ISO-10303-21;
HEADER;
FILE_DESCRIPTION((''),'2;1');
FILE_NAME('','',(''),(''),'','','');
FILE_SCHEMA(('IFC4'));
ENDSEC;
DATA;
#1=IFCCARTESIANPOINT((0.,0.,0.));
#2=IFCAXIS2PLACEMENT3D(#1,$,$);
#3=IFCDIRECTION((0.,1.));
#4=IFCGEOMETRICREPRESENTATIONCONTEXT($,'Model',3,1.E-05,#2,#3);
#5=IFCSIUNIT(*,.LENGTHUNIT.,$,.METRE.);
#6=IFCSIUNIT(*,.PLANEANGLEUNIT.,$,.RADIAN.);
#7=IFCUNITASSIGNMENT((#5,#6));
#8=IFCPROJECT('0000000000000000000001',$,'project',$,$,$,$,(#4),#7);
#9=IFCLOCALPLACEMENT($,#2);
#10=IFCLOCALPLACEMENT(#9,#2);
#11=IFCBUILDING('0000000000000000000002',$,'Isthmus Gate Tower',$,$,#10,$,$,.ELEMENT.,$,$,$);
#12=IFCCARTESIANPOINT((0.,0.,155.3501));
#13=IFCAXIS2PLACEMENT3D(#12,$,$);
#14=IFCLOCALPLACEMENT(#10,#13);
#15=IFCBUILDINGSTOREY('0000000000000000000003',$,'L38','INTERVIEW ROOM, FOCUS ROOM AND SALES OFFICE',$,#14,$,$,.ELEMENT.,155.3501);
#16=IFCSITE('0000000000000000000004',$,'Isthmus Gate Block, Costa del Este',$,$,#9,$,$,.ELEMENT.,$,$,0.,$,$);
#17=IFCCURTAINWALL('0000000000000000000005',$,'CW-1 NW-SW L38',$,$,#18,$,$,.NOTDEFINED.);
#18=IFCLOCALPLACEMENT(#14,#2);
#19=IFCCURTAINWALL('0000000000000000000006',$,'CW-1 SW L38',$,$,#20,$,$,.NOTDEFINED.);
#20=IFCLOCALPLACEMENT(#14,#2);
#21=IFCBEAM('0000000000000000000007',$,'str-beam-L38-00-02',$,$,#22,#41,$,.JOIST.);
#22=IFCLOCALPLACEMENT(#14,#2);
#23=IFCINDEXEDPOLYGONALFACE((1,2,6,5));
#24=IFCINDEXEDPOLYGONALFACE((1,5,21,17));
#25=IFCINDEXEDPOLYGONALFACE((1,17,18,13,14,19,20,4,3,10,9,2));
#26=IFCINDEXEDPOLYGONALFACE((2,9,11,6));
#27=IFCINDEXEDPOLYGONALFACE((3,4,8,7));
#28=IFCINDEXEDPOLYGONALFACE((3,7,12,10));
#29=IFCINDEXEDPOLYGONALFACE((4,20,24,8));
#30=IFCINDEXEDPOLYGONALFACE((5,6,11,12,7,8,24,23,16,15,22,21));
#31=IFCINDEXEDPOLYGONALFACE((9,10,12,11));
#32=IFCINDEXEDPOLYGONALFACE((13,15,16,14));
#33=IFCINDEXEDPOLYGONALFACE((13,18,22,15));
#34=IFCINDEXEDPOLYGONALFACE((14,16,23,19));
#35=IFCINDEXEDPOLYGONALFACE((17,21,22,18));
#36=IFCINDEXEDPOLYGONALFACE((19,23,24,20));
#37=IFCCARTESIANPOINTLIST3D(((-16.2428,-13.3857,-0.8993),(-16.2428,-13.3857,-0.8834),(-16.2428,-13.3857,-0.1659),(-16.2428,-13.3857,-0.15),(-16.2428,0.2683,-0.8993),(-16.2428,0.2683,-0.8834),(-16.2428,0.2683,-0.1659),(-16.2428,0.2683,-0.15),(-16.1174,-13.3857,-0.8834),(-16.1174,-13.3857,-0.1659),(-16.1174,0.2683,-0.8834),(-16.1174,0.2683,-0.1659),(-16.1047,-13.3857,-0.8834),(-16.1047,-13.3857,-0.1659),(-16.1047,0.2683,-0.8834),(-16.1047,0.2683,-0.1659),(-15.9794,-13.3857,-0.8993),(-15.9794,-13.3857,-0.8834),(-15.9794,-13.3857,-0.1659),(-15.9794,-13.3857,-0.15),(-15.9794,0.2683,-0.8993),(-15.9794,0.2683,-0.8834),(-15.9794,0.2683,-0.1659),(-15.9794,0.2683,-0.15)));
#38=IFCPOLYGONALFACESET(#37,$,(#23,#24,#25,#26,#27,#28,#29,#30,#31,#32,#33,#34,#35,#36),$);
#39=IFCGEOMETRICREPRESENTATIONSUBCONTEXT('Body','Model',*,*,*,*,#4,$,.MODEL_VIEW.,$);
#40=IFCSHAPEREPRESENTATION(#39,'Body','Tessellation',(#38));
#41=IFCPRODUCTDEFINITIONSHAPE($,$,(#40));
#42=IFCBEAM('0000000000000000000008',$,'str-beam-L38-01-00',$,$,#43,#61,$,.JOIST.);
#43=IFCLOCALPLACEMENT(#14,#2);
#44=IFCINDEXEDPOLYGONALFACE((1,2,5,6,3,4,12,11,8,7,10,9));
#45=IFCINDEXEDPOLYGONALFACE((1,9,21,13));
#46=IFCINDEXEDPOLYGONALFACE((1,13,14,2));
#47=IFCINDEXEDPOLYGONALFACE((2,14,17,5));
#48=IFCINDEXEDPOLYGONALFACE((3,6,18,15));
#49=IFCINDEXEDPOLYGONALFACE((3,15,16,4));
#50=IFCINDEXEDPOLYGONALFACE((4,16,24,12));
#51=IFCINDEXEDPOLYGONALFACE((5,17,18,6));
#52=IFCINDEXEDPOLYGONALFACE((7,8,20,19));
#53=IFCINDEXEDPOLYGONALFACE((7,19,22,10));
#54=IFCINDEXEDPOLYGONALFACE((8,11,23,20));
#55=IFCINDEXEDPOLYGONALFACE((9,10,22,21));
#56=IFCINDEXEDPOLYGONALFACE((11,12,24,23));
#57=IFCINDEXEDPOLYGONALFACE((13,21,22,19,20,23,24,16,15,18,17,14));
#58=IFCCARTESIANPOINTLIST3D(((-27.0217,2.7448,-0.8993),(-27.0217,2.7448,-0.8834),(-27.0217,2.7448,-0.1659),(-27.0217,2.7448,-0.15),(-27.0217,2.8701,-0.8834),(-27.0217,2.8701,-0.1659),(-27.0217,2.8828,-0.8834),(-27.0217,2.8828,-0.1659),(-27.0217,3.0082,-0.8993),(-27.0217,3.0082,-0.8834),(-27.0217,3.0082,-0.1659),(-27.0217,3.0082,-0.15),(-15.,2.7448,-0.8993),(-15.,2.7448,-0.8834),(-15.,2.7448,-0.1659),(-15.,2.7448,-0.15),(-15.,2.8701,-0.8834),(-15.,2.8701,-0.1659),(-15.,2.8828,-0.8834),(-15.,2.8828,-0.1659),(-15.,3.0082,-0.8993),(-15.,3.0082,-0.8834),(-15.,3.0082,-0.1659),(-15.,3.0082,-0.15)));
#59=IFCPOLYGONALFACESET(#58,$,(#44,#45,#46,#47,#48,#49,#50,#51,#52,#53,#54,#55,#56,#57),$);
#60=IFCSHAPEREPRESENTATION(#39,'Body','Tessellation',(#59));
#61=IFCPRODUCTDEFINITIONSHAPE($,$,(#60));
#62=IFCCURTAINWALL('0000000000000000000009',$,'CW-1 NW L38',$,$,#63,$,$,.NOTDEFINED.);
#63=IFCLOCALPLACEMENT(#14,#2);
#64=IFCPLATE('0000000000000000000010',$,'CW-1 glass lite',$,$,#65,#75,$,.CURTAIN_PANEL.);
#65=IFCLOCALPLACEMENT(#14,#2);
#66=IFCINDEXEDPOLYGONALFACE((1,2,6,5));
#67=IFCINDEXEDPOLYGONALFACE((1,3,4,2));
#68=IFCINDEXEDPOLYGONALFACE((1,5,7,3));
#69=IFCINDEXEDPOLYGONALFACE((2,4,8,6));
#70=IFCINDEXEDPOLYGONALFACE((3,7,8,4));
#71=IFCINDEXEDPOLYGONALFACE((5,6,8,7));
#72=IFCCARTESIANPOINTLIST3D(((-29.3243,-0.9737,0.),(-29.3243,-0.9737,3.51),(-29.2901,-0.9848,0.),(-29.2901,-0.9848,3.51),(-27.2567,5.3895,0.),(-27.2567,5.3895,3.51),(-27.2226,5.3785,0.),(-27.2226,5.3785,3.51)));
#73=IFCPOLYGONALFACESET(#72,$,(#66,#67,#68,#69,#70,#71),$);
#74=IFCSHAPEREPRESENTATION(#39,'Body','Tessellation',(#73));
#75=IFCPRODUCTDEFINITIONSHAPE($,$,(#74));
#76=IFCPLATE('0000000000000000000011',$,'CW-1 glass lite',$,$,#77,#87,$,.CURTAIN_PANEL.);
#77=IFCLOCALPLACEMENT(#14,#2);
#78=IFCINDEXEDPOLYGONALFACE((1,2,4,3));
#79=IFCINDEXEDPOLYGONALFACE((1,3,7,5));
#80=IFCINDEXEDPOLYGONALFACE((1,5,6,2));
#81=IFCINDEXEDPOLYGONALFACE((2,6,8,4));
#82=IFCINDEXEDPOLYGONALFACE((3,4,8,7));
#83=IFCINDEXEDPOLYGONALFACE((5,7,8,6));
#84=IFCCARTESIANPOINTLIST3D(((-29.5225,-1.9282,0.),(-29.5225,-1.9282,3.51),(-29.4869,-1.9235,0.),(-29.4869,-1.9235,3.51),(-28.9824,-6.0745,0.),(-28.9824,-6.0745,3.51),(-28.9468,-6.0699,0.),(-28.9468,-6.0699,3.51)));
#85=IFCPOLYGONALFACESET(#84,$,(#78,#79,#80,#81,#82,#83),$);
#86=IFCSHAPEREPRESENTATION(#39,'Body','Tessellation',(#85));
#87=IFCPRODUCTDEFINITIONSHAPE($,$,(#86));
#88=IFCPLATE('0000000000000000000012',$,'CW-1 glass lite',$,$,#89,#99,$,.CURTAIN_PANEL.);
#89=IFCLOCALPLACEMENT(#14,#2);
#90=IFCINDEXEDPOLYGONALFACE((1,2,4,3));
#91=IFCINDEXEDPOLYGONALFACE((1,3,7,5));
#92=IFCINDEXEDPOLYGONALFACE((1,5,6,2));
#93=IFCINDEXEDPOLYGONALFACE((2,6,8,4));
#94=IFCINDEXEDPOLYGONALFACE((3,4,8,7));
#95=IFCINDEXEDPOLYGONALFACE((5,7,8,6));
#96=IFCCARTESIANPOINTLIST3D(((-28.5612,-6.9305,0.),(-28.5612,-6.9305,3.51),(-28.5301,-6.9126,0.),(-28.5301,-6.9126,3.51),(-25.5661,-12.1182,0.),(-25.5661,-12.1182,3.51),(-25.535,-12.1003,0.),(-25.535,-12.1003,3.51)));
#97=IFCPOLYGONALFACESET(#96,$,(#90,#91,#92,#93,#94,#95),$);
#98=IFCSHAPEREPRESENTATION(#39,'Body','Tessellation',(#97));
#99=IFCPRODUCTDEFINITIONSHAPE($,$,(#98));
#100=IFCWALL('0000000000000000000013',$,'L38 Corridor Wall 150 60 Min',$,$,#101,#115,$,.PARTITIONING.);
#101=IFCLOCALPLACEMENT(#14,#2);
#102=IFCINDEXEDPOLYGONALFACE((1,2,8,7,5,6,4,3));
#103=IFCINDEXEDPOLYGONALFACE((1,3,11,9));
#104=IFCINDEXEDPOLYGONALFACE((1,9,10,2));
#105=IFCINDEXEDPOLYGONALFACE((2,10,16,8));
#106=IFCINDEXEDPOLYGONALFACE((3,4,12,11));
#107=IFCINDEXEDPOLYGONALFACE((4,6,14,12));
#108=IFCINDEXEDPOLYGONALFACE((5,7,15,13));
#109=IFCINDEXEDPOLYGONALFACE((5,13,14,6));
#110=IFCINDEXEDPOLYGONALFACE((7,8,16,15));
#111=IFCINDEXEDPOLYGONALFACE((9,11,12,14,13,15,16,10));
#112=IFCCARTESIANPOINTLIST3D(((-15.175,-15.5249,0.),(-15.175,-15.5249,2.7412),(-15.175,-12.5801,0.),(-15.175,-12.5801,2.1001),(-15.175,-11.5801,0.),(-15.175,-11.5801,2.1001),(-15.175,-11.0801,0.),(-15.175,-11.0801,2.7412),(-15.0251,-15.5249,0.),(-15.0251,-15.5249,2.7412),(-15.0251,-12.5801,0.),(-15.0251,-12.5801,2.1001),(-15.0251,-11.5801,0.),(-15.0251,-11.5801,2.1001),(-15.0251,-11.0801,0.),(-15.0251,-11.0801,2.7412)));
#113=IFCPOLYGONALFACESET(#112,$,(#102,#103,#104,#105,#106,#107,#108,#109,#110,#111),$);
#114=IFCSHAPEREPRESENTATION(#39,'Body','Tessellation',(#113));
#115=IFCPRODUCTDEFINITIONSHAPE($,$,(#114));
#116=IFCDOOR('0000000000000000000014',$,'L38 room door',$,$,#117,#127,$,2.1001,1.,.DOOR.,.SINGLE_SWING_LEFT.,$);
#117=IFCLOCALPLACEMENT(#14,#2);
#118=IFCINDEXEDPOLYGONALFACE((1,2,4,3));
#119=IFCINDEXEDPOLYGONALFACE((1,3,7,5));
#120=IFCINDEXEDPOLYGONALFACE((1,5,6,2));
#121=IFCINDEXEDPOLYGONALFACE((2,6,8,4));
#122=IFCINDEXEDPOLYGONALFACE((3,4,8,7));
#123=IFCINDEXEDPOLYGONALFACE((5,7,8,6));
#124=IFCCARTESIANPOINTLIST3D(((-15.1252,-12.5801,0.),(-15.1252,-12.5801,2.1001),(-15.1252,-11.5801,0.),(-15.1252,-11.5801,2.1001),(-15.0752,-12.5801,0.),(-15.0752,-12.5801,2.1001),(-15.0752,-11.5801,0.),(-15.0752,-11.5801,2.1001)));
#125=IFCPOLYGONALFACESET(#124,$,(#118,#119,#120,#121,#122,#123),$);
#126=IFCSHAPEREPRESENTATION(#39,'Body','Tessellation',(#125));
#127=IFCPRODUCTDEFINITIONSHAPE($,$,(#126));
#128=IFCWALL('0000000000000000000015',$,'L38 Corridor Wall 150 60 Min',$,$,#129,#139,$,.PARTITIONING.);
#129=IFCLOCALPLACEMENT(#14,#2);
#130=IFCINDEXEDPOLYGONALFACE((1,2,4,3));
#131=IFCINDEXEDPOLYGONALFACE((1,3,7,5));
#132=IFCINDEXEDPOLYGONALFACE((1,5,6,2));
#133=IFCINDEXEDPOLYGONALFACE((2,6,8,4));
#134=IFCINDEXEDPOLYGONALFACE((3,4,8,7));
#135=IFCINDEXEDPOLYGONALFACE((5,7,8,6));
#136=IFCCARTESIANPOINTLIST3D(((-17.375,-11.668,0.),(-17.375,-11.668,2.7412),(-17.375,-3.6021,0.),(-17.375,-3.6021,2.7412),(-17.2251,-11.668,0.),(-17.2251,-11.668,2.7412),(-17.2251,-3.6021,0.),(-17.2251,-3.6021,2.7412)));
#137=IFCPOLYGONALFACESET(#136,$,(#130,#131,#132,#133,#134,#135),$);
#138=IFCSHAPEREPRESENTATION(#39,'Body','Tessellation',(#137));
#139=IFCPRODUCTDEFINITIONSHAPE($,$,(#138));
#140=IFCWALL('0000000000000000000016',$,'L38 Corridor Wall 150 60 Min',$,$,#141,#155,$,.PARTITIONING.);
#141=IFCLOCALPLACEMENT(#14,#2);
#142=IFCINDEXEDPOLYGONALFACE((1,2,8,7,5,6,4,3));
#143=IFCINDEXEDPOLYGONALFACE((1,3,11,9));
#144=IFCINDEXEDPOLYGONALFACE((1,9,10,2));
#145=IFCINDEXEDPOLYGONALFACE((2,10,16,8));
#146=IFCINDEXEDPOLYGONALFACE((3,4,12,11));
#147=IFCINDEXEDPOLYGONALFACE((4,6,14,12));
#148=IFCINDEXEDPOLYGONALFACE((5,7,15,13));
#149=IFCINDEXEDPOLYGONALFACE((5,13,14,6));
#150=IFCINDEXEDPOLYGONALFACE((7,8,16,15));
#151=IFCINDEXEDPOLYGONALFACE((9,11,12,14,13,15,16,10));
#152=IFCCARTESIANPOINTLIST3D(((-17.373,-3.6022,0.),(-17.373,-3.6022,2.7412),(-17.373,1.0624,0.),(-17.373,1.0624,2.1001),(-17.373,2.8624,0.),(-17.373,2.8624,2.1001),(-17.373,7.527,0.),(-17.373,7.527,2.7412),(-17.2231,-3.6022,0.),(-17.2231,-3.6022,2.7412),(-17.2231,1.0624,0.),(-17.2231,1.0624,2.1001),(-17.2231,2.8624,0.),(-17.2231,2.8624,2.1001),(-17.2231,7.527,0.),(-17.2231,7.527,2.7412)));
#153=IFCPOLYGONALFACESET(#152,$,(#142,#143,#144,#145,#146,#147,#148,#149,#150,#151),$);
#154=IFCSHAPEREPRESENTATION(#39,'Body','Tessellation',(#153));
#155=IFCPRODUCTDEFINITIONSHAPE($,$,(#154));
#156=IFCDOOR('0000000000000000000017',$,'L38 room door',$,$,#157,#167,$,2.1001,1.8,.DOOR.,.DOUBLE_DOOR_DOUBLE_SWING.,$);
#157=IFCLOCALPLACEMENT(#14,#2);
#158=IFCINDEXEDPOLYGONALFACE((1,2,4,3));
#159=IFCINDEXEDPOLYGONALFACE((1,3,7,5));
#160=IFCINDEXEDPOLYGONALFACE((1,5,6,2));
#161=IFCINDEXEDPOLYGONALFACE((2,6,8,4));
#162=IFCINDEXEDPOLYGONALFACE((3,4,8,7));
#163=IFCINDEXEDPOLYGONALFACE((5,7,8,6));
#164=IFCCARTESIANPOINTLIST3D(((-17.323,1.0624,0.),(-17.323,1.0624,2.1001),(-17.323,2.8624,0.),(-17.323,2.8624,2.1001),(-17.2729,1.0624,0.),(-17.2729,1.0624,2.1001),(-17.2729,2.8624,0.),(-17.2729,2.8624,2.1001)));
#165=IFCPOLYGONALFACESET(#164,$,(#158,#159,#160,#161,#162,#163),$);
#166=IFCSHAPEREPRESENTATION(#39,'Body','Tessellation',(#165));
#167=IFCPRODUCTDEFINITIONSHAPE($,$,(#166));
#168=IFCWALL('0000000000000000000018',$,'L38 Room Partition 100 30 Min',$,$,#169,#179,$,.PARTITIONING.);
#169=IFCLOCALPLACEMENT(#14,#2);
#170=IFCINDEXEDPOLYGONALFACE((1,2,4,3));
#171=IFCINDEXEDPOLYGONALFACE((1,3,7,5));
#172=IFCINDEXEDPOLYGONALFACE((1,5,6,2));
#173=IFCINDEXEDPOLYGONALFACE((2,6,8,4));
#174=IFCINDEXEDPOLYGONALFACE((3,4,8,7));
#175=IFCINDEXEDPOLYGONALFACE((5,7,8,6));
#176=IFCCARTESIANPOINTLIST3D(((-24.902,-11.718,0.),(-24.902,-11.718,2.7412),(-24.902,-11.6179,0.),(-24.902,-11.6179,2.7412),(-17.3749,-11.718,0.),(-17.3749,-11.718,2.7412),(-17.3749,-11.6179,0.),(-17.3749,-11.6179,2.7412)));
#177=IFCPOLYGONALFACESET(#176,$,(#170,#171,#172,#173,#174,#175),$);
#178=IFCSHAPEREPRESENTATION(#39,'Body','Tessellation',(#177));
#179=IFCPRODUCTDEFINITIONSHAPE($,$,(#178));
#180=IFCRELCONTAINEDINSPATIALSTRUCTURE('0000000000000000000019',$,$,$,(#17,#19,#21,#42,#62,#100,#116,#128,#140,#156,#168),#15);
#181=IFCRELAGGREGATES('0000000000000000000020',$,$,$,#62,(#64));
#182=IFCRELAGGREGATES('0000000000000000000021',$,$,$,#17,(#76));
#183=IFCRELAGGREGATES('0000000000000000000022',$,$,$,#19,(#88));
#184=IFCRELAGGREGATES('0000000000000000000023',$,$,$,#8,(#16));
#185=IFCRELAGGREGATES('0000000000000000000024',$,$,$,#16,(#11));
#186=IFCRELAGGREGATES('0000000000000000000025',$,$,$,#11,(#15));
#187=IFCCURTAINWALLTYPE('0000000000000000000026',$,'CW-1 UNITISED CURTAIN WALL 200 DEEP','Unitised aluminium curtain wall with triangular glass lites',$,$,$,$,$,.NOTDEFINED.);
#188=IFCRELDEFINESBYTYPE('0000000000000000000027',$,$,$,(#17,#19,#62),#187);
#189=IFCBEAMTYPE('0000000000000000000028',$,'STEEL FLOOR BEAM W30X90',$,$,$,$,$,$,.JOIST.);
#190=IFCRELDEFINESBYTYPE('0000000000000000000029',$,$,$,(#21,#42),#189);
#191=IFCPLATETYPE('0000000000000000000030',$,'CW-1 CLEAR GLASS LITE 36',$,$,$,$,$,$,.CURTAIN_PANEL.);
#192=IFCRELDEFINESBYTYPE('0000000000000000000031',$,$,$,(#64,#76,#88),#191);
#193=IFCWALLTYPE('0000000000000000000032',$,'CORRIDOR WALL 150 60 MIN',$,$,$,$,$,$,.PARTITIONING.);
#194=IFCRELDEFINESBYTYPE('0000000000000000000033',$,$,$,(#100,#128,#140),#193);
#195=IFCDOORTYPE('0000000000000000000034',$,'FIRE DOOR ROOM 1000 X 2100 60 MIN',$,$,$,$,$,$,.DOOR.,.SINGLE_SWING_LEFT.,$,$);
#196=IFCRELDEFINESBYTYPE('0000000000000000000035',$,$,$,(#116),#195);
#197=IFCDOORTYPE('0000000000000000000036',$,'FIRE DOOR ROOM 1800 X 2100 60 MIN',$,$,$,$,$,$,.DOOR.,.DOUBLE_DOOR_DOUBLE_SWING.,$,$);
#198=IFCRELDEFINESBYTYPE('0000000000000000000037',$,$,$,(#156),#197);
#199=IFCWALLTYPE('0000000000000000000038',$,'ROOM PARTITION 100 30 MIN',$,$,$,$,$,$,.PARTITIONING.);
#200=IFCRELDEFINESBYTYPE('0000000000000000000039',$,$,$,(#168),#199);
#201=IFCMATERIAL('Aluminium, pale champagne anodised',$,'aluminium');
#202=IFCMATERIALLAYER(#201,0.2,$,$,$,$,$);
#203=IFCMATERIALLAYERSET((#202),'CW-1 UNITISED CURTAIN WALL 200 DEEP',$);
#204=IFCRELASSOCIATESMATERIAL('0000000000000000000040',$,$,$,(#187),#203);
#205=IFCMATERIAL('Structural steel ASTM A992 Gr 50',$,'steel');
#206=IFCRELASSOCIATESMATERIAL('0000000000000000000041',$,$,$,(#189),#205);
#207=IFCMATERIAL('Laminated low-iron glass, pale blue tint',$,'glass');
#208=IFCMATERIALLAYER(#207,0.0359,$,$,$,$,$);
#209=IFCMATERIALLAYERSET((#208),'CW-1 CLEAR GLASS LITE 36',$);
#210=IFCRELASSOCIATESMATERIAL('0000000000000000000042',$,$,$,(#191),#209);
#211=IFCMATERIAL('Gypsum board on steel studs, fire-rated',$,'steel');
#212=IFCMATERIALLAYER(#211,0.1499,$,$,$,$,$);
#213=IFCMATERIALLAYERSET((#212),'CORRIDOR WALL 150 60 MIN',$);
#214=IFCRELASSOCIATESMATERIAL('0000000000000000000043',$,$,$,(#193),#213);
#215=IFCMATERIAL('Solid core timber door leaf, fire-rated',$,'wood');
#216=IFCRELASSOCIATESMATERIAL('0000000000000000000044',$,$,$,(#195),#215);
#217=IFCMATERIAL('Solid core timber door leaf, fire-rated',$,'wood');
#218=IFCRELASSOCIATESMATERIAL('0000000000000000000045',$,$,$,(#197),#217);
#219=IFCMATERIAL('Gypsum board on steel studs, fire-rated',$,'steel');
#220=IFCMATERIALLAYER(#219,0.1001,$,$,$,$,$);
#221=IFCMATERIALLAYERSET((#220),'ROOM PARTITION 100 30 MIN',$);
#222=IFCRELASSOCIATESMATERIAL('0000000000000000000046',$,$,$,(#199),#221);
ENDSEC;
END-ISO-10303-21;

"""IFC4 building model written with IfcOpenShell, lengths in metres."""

from ifc_helpers import new_model, si_unit, direction, frame, frame_2d, origin, origin_2d, place, context, subcontext, project, spatial, rectangle, i_section, extrude, material, layer, layer_set, material_profile, profile_set, type_object, element, fill, aggregate, save


model = new_model("IFC4")

# Units and contexts
model_context = context("Model", 3, precision=1e-05, world=origin(), true_north=direction((0.0, 1.0)))
body_context = subcontext(model_context, "Body", "Model", "MODEL_VIEW")
ifc_project = project(units=[si_unit("LENGTHUNIT", "METRE"), si_unit("PLANEANGLEUNIT", "RADIAN")], contexts=[model_context])

# Site, building, storey
site_placement = place(None, origin())
site = spatial("IfcSite", under=ifc_project, at=site_placement, Name="Isthmus Gate Block, Costa del Este", CompositionType="ELEMENT", RefElevation=0.0)
building_placement = place(site_placement, origin())
building = spatial("IfcBuilding", under=site, at=building_placement, Name="Isthmus Gate Tower", CompositionType="ELEMENT")
storey_placement = place(building_placement, frame((0.0, 0.0, 155.3501)))
storey = spatial("IfcBuildingStorey", under=building, at=storey_placement, Name="L38", Description="INTERVIEW ROOM, FOCUS ROOM AND SALES OFFICE", CompositionType="ELEMENT", Elevation=155.3501)

# Curtain walls
ifc_material_1 = material(Name="Aluminium, pale champagne anodised", Category="aluminium")
ifc_layer_1 = layer(ifc_material_1, 0.2)
ifc_layer_set_1 = layer_set([ifc_layer_1], Name="CW-1 UNITISED CURTAIN WALL 200 DEEP")
curtain_wall_type = type_object("IfcCurtainWallType", Name="CW-1 UNITISED CURTAIN WALL 200 DEEP", Description="Unitised aluminium curtain wall with triangular glass lites", PredefinedType="NOTDEFINED", material=ifc_layer_set_1)
curtain_wall_1_placement = place(storey_placement, origin())
curtain_wall_1 = element("IfcCurtainWall", 1, at=curtain_wall_1_placement, inside=storey, type_object=curtain_wall_type, Name="CW-1 NW-SW L38", PredefinedType="NOTDEFINED")
curtain_wall_2_placement = place(storey_placement, origin())
curtain_wall_2 = element("IfcCurtainWall", 2, at=curtain_wall_2_placement, inside=storey, type_object=curtain_wall_type, Name="CW-1 SW L38", PredefinedType="NOTDEFINED")

# Beams
ifc_material_2 = material(Name="Structural steel ASTM A992 Gr 50", Category="steel")
ifc_material_profile_1 = material_profile(ifc_material_2, i_section(OverallWidth=0.2634, OverallDepth=0.7493, WebThickness=0.0127, FlangeThickness=0.0159, at=origin_2d()), Name="W30X90")
ifc_profile_set_1 = profile_set([ifc_material_profile_1], Name="Structural steel ASTM A992 Gr 50")
beam_type_1 = type_object("IfcBeamType", Name="STEEL FLOOR BEAM W30X90", PredefinedType="JOIST", material=ifc_profile_set_1)
beam_1_placement = place(storey_placement, frame((-16.1111, -13.3857, -0.5247), z_axis=(0.0, 1.0, 0.0), x_axis=(-1.0, 0.0, 0.0)))
element("IfcBeam", 3, at=beam_1_placement, inside=storey, type_object=beam_type_1, Name="str-beam-L38-00-02", PredefinedType="JOIST", context=body_context, shape_type="SweptSolid", body=[
    extrude(i_section(OverallWidth=0.2634, OverallDepth=0.7493, WebThickness=0.0127, FlangeThickness=0.0159, at=origin_2d()), origin(), (0.0, 0.0, 1.0), 13.6541),
])
beam_2_placement = place(storey_placement, frame((-27.0217, 2.8765, -0.5247), z_axis=(1.0, 0.0, 0.0), x_axis=(0.0, 1.0, 0.0)))
element("IfcBeam", 4, at=beam_2_placement, inside=storey, type_object=beam_type_1, Name="str-beam-L38-01-00", PredefinedType="JOIST", context=body_context, shape_type="SweptSolid", body=[
    extrude(i_section(OverallWidth=0.2634, OverallDepth=0.7493, WebThickness=0.0127, FlangeThickness=0.0159, at=origin_2d()), origin(), (0.0, 0.0, 1.0), 12.0217),
])

# Curtain wall, plate
curtain_wall_3_placement = place(storey_placement, origin())
curtain_wall_3 = element("IfcCurtainWall", 5, at=curtain_wall_3_placement, inside=storey, type_object=curtain_wall_type, Name="CW-1 NW L38", PredefinedType="NOTDEFINED")
ifc_material_3 = material(Name="Laminated low-iron glass, pale blue tint", Category="glass")
ifc_layer_2 = layer(ifc_material_3, 0.0359)
ifc_layer_set_2 = layer_set([ifc_layer_2], Name="CW-1 CLEAR GLASS LITE 36")
plate_type = type_object("IfcPlateType", Name="CW-1 CLEAR GLASS LITE 36", PredefinedType="CURTAIN_PANEL", material=ifc_layer_set_2)
plate_1_placement = place(storey_placement, frame((-28.2734, 2.2024, 0.0), z_axis=(0.0, 0.0, 1.0), x_axis=(-0.309017, -0.951057, 0.0)))
plate_1 = element("IfcPlate", 6, at=plate_1_placement, type_object=plate_type, Name="CW-1 glass lite", PredefinedType="CURTAIN_PANEL", context=body_context, shape_type="SweptSolid", body=[
    extrude(rectangle(XDim=6.6907, YDim=0.0359, at=origin_2d()), origin(), (0.0, 0.0, 1.0), 3.51),
])
aggregate(curtain_wall_3, [plate_1])

# Plates
plate_2_placement = place(storey_placement, frame((-29.2346, -3.999, 0.0), z_axis=(0.0, 0.0, 1.0), x_axis=(0.129165, -0.991623, 0.0)))
plate_2 = element("IfcPlate", 7, at=plate_2_placement, type_object=plate_type, Name="CW-1 glass lite", PredefinedType="CURTAIN_PANEL", context=body_context, shape_type="SweptSolid", body=[
    extrude(rectangle(XDim=4.1814, YDim=0.0359, at=origin_2d()), origin(), (0.0, 0.0, 1.0), 3.51),
])
aggregate(curtain_wall_1, [plate_2])
plate_3_placement = place(storey_placement, frame((-27.0481, -9.5154, 0.0), z_axis=(0.0, 0.0, 1.0), x_axis=(0.5, -0.866025, 0.0)))
plate_3 = element("IfcPlate", 8, at=plate_3_placement, type_object=plate_type, Name="CW-1 glass lite", PredefinedType="CURTAIN_PANEL", context=body_context, shape_type="SweptSolid", body=[
    extrude(rectangle(XDim=5.9902, YDim=0.0359, at=origin_2d()), origin(), (0.0, 0.0, 1.0), 3.51),
])
aggregate(curtain_wall_2, [plate_3])

# Wall, opening, door
ifc_material_4 = material(Name="Gypsum board on steel studs, fire-rated", Category="steel")
ifc_layer_3 = layer(ifc_material_4, 0.1499)
ifc_layer_set_3 = layer_set([ifc_layer_3], Name="CORRIDOR WALL 150 60 MIN")
wall_type_1 = type_object("IfcWallType", Name="CORRIDOR WALL 150 60 MIN", PredefinedType="PARTITIONING", material=ifc_layer_set_3)
wall_1_placement = place(storey_placement, frame((-15.1001, -11.0801, 0.0), z_axis=(0.0, 0.0, 1.0), x_axis=(0.0, -1.0, 0.0)))
wall_1 = element("IfcWall", 9, at=wall_1_placement, inside=storey, type_object=wall_type_1, Name="L38 Corridor Wall 150 60 Min", PredefinedType="PARTITIONING", context=body_context, shape_type="SweptSolid", body=[
    extrude(rectangle(XDim=4.4448, YDim=0.1499, at=frame_2d((2.2224, 0.0))), origin(), (0.0, 0.0, 1.0), 2.7412),
])
opening_1_placement = place(wall_1_placement, frame((0.5, 0.0, 0.0)))
opening_1 = element("IfcOpeningElement", 10, at=opening_1_placement, cuts=wall_1, PredefinedType="OPENING", context=body_context, shape_type="SweptSolid", body=[
    extrude(rectangle(XDim=1.0, YDim=2.1001, at=frame_2d((0.5, 1.05))), frame((0.0, 0.085, 0.0), z_axis=(0.0, -1.0, 0.0), x_axis=(1.0, 0.0, 0.0)), (0.0, 0.0, 1.0), 0.1699),
])
ifc_material_5 = material(Name="Solid core timber door leaf, fire-rated", Category="wood")
door_type_1 = type_object("IfcDoorType", Name="FIRE DOOR ROOM 1000 X 2100 60 MIN", OperationType="SINGLE_SWING_LEFT", PredefinedType="DOOR", material=ifc_material_5)
door_1_placement = place(opening_1_placement, origin())
door_1 = element("IfcDoor", 11, at=door_1_placement, inside=storey, type_object=door_type_1, Name="L38 room door", OperationType="SINGLE_SWING_LEFT", OverallHeight=2.1001, OverallWidth=1.0, PredefinedType="DOOR", context=body_context, shape_type="SweptSolid", body=[
    extrude(rectangle(XDim=1.0, YDim=2.1001, at=frame_2d((0.5, 1.05))), frame((0.0, 0.0249, 0.0), z_axis=(0.0, -1.0, 0.0), x_axis=(1.0, 0.0, 0.0)), (0.0, 0.0, 1.0), 0.05),
])
fill(opening_1, door_1)

# Wall
wall_2_placement = place(storey_placement, frame((-17.3, -11.668, 0.0), z_axis=(0.0, 0.0, 1.0), x_axis=(0.0, 1.0, 0.0)))
element("IfcWall", 12, at=wall_2_placement, inside=storey, type_object=wall_type_1, Name="L38 Corridor Wall 150 60 Min", PredefinedType="PARTITIONING", context=body_context, shape_type="SweptSolid", body=[
    extrude(rectangle(XDim=8.0659, YDim=0.1499, at=frame_2d((4.033, 0.0))), origin(), (0.0, 0.0, 1.0), 2.7412),
])

# Wall, opening, door
wall_3_placement = place(storey_placement, frame((-17.2981, -3.6021, 0.0), z_axis=(0.0, 0.0, 1.0), x_axis=(0.0, 1.0, 0.0)))
wall_3 = element("IfcWall", 13, at=wall_3_placement, inside=storey, type_object=wall_type_1, Name="L38 Corridor Wall 150 60 Min", PredefinedType="PARTITIONING", context=body_context, shape_type="SweptSolid", body=[
    extrude(rectangle(XDim=11.1292, YDim=0.1499, at=frame_2d((5.5645, 0.0))), origin(), (0.0, 0.0, 1.0), 2.7412),
])
opening_2_placement = place(wall_3_placement, frame((4.6646, 0.0, 0.0)))
opening_2 = element("IfcOpeningElement", 14, at=opening_2_placement, cuts=wall_3, PredefinedType="OPENING", context=body_context, shape_type="SweptSolid", body=[
    extrude(rectangle(XDim=1.8, YDim=2.1001, at=frame_2d((0.8999, 1.05))), frame((0.0, 0.085, 0.0), z_axis=(0.0, -1.0, 0.0), x_axis=(1.0, 0.0, 0.0)), (0.0, 0.0, 1.0), 0.1699),
])
ifc_material_6 = material(Name="Solid core timber door leaf, fire-rated", Category="wood")
door_type_2 = type_object("IfcDoorType", Name="FIRE DOOR ROOM 1800 X 2100 60 MIN", OperationType="DOUBLE_DOOR_DOUBLE_SWING", PredefinedType="DOOR", material=ifc_material_6)
door_2_placement = place(opening_2_placement, origin())
door_2 = element("IfcDoor", 15, at=door_2_placement, inside=storey, type_object=door_type_2, Name="L38 room door", OperationType="DOUBLE_DOOR_DOUBLE_SWING", OverallHeight=2.1001, OverallWidth=1.8, PredefinedType="DOOR", context=body_context, shape_type="SweptSolid", body=[
    extrude(rectangle(XDim=1.8, YDim=2.1001, at=frame_2d((0.8999, 1.05))), frame((0.0, 0.0249, 0.0), z_axis=(0.0, -1.0, 0.0), x_axis=(1.0, 0.0, 0.0)), (0.0, 0.0, 1.0), 0.05),
])
fill(opening_2, door_2)

# Wall
ifc_material_7 = material(Name="Gypsum board on steel studs, fire-rated", Category="steel")
ifc_layer_4 = layer(ifc_material_7, 0.1001)
ifc_layer_set_4 = layer_set([ifc_layer_4], Name="ROOM PARTITION 100 30 MIN")
wall_type_2 = type_object("IfcWallType", Name="ROOM PARTITION 100 30 MIN", PredefinedType="PARTITIONING", material=ifc_layer_set_4)
wall_4_placement = place(storey_placement, frame((-24.9021, -11.668, 0.0), z_axis=(0.0, 0.0, 1.0), x_axis=(1.0, 0.0, 0.0)))
element("IfcWall", 16, at=wall_4_placement, inside=storey, type_object=wall_type_2, Name="L38 Room Partition 100 30 Min", PredefinedType="PARTITIONING", context=body_context, shape_type="SweptSolid", body=[
    extrude(rectangle(XDim=7.5271, YDim=0.1001, at=frame_2d((3.7637, 0.0))), origin(), (0.0, 0.0, 1.0), 2.7412),
])

save(model, "model.ifc")
